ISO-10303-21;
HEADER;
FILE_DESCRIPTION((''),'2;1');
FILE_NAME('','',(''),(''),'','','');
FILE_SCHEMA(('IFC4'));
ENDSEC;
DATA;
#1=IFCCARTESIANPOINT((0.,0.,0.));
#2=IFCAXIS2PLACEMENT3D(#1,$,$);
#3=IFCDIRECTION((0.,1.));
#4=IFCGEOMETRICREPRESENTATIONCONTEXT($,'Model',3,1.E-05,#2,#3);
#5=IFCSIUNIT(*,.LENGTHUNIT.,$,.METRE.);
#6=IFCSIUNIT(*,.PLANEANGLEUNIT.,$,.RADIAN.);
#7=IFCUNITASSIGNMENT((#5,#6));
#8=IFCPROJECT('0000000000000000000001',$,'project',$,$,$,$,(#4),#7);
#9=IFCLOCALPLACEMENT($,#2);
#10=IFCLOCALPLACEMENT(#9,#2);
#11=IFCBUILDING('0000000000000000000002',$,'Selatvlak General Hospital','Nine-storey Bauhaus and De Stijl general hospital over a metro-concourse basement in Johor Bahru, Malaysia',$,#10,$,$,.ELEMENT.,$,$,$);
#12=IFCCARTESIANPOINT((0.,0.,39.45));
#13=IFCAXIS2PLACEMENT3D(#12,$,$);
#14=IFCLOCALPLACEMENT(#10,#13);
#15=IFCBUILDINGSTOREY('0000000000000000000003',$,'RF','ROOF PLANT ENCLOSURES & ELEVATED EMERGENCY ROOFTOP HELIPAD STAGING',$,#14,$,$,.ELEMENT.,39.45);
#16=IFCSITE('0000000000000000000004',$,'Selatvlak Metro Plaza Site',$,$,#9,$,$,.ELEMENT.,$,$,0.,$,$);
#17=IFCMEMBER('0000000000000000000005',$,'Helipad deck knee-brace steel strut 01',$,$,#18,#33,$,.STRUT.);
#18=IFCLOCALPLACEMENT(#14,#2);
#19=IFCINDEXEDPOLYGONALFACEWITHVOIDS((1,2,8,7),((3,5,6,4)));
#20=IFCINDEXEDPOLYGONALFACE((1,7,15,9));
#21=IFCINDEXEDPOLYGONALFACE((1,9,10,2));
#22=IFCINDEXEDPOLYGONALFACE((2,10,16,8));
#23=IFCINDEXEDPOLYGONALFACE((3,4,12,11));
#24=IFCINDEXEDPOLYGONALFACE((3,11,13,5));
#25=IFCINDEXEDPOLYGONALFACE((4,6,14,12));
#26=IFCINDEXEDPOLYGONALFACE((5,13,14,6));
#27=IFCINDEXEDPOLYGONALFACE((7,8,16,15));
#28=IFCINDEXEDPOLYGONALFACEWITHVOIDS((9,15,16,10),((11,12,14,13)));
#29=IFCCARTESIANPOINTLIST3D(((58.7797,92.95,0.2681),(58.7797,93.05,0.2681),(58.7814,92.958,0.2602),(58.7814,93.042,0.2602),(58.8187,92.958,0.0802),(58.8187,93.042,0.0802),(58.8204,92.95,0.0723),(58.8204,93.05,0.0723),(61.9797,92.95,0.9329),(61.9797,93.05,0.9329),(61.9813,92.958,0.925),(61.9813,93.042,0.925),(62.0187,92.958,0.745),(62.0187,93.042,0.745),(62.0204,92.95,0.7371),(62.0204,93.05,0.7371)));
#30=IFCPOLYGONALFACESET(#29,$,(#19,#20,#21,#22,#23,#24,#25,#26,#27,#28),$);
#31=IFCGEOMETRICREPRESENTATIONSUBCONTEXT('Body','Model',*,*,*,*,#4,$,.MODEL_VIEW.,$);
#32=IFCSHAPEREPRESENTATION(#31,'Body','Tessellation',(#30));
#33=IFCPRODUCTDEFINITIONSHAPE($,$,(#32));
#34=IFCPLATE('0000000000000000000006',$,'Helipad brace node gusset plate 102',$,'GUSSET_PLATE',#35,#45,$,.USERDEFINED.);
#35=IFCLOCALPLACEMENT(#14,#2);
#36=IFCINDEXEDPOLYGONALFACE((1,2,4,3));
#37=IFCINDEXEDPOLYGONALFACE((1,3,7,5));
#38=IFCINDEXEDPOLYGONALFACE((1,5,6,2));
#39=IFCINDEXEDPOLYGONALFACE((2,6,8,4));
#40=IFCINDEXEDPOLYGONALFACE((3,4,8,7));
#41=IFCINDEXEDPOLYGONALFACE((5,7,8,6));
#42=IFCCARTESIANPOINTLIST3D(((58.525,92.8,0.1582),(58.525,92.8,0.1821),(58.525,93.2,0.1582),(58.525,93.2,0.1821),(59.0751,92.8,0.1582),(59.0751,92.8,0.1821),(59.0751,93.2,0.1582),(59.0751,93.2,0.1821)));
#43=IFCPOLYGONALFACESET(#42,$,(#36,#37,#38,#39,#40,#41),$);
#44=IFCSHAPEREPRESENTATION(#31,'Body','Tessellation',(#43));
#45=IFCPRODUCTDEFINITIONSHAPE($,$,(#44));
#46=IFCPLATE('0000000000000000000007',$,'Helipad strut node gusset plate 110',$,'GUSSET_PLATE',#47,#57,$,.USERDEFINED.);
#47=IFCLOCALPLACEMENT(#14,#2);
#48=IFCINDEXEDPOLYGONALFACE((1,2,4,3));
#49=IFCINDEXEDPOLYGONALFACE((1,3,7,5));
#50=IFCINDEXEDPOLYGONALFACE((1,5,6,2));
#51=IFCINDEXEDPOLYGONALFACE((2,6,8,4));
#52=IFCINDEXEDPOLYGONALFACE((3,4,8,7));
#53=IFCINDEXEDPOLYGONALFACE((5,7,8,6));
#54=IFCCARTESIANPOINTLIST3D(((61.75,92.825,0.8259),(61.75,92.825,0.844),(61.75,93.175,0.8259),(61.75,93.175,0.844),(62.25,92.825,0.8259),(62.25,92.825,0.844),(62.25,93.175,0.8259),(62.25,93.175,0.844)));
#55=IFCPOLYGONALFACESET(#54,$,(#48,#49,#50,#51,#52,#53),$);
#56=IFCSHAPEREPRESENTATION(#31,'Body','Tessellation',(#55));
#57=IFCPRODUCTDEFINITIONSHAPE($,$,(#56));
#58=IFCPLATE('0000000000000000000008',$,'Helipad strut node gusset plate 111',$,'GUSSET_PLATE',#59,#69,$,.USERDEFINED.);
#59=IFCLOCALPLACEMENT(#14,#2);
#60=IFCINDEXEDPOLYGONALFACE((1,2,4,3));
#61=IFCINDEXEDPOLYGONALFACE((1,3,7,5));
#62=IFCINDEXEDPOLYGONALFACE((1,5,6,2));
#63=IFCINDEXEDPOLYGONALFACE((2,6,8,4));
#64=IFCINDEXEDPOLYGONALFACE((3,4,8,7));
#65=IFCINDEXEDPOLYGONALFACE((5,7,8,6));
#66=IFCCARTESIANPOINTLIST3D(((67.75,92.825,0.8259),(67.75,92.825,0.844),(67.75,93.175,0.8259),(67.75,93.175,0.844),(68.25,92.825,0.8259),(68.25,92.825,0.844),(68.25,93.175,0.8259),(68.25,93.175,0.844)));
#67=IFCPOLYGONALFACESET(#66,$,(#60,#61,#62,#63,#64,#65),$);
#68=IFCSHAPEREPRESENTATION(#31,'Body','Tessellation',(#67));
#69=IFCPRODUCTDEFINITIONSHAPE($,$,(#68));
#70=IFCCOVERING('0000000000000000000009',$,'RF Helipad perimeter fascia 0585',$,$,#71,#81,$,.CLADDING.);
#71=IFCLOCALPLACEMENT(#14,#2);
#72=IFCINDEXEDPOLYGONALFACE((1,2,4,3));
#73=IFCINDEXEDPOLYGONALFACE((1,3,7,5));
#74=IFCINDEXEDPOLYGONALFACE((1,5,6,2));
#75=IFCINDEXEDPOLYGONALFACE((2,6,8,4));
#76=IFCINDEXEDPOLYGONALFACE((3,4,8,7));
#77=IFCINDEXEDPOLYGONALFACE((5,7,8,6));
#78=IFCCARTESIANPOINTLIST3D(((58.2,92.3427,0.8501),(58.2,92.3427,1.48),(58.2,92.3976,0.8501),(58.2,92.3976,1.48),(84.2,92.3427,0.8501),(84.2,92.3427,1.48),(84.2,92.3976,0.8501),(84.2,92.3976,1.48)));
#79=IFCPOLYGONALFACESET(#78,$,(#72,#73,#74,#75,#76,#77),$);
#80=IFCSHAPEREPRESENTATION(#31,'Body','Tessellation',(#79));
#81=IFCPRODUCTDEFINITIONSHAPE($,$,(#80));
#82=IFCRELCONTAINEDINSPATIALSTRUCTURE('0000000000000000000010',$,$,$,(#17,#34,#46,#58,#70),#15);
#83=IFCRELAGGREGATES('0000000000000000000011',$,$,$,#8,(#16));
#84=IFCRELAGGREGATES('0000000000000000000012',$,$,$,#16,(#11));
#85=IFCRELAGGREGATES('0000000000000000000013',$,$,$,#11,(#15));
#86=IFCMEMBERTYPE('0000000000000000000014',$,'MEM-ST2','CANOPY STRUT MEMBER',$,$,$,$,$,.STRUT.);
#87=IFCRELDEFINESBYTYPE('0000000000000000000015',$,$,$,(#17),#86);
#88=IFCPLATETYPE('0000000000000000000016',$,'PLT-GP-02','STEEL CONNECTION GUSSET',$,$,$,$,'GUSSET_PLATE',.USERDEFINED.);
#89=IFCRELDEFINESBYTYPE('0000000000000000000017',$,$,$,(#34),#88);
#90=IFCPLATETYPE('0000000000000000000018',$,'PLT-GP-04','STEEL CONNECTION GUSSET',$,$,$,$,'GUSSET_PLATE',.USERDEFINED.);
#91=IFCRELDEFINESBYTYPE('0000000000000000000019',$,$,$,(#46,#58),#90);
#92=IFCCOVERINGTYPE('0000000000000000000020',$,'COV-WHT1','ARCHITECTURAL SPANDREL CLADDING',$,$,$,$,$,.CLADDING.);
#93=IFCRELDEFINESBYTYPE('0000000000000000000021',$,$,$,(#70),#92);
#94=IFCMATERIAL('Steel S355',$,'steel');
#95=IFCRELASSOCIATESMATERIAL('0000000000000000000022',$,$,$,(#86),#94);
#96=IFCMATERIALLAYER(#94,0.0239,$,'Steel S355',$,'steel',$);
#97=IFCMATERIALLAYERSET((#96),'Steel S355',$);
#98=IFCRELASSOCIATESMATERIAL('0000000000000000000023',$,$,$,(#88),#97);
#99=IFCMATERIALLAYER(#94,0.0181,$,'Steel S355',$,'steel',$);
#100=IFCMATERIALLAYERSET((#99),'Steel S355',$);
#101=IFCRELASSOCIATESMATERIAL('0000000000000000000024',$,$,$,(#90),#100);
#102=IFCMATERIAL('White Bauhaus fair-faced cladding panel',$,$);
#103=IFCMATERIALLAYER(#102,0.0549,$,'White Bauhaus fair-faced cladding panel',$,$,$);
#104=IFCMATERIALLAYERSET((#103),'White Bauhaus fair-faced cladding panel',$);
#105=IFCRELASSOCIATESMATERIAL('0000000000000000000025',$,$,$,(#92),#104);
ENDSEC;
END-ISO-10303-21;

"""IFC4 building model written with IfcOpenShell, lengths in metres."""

from ifc_helpers import new_model, si_unit, direction, frame, origin, origin_2d, place, context, subcontext, project, spatial, rectangle, hollow_rectangle, extrude, material, layer, layer_set, material_profile, profile_set, type_object, element, save


model = new_model("IFC4")

# Units and contexts
model_context = context("Model", 3, precision=1e-05, world=origin(), true_north=direction((0.0, 1.0)))
body_context = subcontext(model_context, "Body", "Model", "MODEL_VIEW")
ifc_project = project(units=[si_unit("LENGTHUNIT", "METRE"), si_unit("PLANEANGLEUNIT", "RADIAN")], contexts=[model_context])

# Site, building, storey
site_placement = place(None, origin())
site = spatial("IfcSite", under=ifc_project, at=site_placement, Name="Selatvlak Metro Plaza Site", CompositionType="ELEMENT", RefElevation=0.0)
building_placement = place(site_placement, origin())
building = spatial("IfcBuilding", under=site, at=building_placement, Name="Selatvlak General Hospital", Description="Nine-storey Bauhaus and De Stijl general hospital over a metro-concourse basement in Johor Bahru, Malaysia", CompositionType="ELEMENT")
storey_placement = place(building_placement, frame((0.0, 0.0, 39.45)))
storey = spatial("IfcBuildingStorey", under=building, at=storey_placement, Name="RF", Description="ROOF PLANT ENCLOSURES & ELEVATED EMERGENCY ROOFTOP HELIPAD STAGING", CompositionType="ELEMENT", Elevation=39.45)

# Shared definitions
ifc_material_1 = material(Name="Steel S355", Category="steel")

# Member
ifc_material_profile_1 = material_profile(ifc_material_1, hollow_rectangle(XDim=0.1001, YDim=0.2, WallThickness=0.0081, at=origin_2d()), Name="RHS 200x100x8")
ifc_profile_set_1 = profile_set([ifc_material_profile_1], Name="Steel S355")
member_type_1 = type_object("IfcMemberType", Name="MEM-ST2", Description="CANOPY STRUT MEMBER", PredefinedType="STRUT", material=ifc_profile_set_1)
member_1_placement = place(storey_placement, frame((58.8, 93.0, 0.1702), z_axis=(0.979094, 0.0, 0.203408), x_axis=(0.0, 1.0, 0.0)))
element("IfcMember", 1, at=member_1_placement, inside=storey, type_object=member_type_1, Name="Helipad deck knee-brace steel strut 01", PredefinedType="STRUT", context=body_context, shape_type="SweptSolid", body=[
    extrude(hollow_rectangle(XDim=0.1001, YDim=0.2, WallThickness=0.0081, at=origin_2d()), origin(), (0.0, 0.0, 1.0), 3.2683),
])

# Plates
ifc_layer_1 = layer(ifc_material_1, 0.0239, Name="Steel S355", Category="steel")
ifc_layer_set_1 = layer_set([ifc_layer_1], Name="Steel S355")
plate_type_1 = type_object("IfcPlateType", Name="PLT-GP-02", Description="STEEL CONNECTION GUSSET", ElementType="GUSSET_PLATE", PredefinedType="USERDEFINED", material=ifc_layer_set_1)
plate_placement = place(storey_placement, frame((58.8, 93.0, 0.1582), z_axis=(0.0, 0.0, 1.0), x_axis=(1.0, 0.0, 0.0)))
element("IfcPlate", 2, at=plate_placement, inside=storey, type_object=plate_type_1, Name="Helipad brace node gusset plate 102", ObjectType="GUSSET_PLATE", PredefinedType="USERDEFINED", context=body_context, shape_type="SweptSolid", body=[
    extrude(rectangle(XDim=0.55, YDim=0.3999, at=origin_2d()), origin(), (0.0, 0.0, 1.0), 0.0239),
])
ifc_layer_2 = layer(ifc_material_1, 0.0181, Name="Steel S355", Category="steel")
ifc_layer_set_2 = layer_set([ifc_layer_2], Name="Steel S355")
plate_type_2 = type_object("IfcPlateType", Name="PLT-GP-04", Description="STEEL CONNECTION GUSSET", ElementType="GUSSET_PLATE", PredefinedType="USERDEFINED", material=ifc_layer_set_2)
for number, where, z_axis, x_axis, name in (
    (3, (62.0, 93.0, 0.8259), (0.0, 0.0, 1.0), (1.0, 0.0, 0.0), "Helipad strut node gusset plate 110"),
    (4, (68.0, 93.0, 0.8259), (0.0, 0.0, 1.0), (1.0, 0.0, 0.0), "Helipad strut node gusset plate 111"),
):
    element("IfcPlate", number, at=place(storey_placement, frame(where, z_axis=z_axis, x_axis=x_axis)), inside=storey, type_object=plate_type_2, Name=name, ObjectType="GUSSET_PLATE", PredefinedType="USERDEFINED", context=body_context, shape_type="SweptSolid", body=[
        extrude(rectangle(XDim=0.5, YDim=0.3501, at=origin_2d()), origin(), (0.0, 0.0, 1.0), 0.0181),
    ])

# Covering
ifc_material_2 = material(Name="White Bauhaus fair-faced cladding panel")
ifc_layer_3 = layer(ifc_material_2, 0.0549, Name="White Bauhaus fair-faced cladding panel")
ifc_layer_set_3 = layer_set([ifc_layer_3], Name="White Bauhaus fair-faced cladding panel")
covering_type = type_object("IfcCoveringType", Name="COV-WHT1", Description="ARCHITECTURAL SPANDREL CLADDING", PredefinedType="CLADDING", material=ifc_layer_set_3)
covering_placement = place(storey_placement, frame((71.2, 92.3701, 0.8501), z_axis=(0.0, 0.0, 1.0), x_axis=(1.0, 0.0, 0.0)))
element("IfcCovering", 5, at=covering_placement, inside=storey, type_object=covering_type, Name="RF Helipad perimeter fascia 0585", PredefinedType="CLADDING", context=body_context, shape_type="SweptSolid", body=[
    extrude(rectangle(XDim=26.0, YDim=0.0549, at=origin_2d()), origin(), (0.0, 0.0, 1.0), 0.6299),
])

save(model, "model.ifc")
